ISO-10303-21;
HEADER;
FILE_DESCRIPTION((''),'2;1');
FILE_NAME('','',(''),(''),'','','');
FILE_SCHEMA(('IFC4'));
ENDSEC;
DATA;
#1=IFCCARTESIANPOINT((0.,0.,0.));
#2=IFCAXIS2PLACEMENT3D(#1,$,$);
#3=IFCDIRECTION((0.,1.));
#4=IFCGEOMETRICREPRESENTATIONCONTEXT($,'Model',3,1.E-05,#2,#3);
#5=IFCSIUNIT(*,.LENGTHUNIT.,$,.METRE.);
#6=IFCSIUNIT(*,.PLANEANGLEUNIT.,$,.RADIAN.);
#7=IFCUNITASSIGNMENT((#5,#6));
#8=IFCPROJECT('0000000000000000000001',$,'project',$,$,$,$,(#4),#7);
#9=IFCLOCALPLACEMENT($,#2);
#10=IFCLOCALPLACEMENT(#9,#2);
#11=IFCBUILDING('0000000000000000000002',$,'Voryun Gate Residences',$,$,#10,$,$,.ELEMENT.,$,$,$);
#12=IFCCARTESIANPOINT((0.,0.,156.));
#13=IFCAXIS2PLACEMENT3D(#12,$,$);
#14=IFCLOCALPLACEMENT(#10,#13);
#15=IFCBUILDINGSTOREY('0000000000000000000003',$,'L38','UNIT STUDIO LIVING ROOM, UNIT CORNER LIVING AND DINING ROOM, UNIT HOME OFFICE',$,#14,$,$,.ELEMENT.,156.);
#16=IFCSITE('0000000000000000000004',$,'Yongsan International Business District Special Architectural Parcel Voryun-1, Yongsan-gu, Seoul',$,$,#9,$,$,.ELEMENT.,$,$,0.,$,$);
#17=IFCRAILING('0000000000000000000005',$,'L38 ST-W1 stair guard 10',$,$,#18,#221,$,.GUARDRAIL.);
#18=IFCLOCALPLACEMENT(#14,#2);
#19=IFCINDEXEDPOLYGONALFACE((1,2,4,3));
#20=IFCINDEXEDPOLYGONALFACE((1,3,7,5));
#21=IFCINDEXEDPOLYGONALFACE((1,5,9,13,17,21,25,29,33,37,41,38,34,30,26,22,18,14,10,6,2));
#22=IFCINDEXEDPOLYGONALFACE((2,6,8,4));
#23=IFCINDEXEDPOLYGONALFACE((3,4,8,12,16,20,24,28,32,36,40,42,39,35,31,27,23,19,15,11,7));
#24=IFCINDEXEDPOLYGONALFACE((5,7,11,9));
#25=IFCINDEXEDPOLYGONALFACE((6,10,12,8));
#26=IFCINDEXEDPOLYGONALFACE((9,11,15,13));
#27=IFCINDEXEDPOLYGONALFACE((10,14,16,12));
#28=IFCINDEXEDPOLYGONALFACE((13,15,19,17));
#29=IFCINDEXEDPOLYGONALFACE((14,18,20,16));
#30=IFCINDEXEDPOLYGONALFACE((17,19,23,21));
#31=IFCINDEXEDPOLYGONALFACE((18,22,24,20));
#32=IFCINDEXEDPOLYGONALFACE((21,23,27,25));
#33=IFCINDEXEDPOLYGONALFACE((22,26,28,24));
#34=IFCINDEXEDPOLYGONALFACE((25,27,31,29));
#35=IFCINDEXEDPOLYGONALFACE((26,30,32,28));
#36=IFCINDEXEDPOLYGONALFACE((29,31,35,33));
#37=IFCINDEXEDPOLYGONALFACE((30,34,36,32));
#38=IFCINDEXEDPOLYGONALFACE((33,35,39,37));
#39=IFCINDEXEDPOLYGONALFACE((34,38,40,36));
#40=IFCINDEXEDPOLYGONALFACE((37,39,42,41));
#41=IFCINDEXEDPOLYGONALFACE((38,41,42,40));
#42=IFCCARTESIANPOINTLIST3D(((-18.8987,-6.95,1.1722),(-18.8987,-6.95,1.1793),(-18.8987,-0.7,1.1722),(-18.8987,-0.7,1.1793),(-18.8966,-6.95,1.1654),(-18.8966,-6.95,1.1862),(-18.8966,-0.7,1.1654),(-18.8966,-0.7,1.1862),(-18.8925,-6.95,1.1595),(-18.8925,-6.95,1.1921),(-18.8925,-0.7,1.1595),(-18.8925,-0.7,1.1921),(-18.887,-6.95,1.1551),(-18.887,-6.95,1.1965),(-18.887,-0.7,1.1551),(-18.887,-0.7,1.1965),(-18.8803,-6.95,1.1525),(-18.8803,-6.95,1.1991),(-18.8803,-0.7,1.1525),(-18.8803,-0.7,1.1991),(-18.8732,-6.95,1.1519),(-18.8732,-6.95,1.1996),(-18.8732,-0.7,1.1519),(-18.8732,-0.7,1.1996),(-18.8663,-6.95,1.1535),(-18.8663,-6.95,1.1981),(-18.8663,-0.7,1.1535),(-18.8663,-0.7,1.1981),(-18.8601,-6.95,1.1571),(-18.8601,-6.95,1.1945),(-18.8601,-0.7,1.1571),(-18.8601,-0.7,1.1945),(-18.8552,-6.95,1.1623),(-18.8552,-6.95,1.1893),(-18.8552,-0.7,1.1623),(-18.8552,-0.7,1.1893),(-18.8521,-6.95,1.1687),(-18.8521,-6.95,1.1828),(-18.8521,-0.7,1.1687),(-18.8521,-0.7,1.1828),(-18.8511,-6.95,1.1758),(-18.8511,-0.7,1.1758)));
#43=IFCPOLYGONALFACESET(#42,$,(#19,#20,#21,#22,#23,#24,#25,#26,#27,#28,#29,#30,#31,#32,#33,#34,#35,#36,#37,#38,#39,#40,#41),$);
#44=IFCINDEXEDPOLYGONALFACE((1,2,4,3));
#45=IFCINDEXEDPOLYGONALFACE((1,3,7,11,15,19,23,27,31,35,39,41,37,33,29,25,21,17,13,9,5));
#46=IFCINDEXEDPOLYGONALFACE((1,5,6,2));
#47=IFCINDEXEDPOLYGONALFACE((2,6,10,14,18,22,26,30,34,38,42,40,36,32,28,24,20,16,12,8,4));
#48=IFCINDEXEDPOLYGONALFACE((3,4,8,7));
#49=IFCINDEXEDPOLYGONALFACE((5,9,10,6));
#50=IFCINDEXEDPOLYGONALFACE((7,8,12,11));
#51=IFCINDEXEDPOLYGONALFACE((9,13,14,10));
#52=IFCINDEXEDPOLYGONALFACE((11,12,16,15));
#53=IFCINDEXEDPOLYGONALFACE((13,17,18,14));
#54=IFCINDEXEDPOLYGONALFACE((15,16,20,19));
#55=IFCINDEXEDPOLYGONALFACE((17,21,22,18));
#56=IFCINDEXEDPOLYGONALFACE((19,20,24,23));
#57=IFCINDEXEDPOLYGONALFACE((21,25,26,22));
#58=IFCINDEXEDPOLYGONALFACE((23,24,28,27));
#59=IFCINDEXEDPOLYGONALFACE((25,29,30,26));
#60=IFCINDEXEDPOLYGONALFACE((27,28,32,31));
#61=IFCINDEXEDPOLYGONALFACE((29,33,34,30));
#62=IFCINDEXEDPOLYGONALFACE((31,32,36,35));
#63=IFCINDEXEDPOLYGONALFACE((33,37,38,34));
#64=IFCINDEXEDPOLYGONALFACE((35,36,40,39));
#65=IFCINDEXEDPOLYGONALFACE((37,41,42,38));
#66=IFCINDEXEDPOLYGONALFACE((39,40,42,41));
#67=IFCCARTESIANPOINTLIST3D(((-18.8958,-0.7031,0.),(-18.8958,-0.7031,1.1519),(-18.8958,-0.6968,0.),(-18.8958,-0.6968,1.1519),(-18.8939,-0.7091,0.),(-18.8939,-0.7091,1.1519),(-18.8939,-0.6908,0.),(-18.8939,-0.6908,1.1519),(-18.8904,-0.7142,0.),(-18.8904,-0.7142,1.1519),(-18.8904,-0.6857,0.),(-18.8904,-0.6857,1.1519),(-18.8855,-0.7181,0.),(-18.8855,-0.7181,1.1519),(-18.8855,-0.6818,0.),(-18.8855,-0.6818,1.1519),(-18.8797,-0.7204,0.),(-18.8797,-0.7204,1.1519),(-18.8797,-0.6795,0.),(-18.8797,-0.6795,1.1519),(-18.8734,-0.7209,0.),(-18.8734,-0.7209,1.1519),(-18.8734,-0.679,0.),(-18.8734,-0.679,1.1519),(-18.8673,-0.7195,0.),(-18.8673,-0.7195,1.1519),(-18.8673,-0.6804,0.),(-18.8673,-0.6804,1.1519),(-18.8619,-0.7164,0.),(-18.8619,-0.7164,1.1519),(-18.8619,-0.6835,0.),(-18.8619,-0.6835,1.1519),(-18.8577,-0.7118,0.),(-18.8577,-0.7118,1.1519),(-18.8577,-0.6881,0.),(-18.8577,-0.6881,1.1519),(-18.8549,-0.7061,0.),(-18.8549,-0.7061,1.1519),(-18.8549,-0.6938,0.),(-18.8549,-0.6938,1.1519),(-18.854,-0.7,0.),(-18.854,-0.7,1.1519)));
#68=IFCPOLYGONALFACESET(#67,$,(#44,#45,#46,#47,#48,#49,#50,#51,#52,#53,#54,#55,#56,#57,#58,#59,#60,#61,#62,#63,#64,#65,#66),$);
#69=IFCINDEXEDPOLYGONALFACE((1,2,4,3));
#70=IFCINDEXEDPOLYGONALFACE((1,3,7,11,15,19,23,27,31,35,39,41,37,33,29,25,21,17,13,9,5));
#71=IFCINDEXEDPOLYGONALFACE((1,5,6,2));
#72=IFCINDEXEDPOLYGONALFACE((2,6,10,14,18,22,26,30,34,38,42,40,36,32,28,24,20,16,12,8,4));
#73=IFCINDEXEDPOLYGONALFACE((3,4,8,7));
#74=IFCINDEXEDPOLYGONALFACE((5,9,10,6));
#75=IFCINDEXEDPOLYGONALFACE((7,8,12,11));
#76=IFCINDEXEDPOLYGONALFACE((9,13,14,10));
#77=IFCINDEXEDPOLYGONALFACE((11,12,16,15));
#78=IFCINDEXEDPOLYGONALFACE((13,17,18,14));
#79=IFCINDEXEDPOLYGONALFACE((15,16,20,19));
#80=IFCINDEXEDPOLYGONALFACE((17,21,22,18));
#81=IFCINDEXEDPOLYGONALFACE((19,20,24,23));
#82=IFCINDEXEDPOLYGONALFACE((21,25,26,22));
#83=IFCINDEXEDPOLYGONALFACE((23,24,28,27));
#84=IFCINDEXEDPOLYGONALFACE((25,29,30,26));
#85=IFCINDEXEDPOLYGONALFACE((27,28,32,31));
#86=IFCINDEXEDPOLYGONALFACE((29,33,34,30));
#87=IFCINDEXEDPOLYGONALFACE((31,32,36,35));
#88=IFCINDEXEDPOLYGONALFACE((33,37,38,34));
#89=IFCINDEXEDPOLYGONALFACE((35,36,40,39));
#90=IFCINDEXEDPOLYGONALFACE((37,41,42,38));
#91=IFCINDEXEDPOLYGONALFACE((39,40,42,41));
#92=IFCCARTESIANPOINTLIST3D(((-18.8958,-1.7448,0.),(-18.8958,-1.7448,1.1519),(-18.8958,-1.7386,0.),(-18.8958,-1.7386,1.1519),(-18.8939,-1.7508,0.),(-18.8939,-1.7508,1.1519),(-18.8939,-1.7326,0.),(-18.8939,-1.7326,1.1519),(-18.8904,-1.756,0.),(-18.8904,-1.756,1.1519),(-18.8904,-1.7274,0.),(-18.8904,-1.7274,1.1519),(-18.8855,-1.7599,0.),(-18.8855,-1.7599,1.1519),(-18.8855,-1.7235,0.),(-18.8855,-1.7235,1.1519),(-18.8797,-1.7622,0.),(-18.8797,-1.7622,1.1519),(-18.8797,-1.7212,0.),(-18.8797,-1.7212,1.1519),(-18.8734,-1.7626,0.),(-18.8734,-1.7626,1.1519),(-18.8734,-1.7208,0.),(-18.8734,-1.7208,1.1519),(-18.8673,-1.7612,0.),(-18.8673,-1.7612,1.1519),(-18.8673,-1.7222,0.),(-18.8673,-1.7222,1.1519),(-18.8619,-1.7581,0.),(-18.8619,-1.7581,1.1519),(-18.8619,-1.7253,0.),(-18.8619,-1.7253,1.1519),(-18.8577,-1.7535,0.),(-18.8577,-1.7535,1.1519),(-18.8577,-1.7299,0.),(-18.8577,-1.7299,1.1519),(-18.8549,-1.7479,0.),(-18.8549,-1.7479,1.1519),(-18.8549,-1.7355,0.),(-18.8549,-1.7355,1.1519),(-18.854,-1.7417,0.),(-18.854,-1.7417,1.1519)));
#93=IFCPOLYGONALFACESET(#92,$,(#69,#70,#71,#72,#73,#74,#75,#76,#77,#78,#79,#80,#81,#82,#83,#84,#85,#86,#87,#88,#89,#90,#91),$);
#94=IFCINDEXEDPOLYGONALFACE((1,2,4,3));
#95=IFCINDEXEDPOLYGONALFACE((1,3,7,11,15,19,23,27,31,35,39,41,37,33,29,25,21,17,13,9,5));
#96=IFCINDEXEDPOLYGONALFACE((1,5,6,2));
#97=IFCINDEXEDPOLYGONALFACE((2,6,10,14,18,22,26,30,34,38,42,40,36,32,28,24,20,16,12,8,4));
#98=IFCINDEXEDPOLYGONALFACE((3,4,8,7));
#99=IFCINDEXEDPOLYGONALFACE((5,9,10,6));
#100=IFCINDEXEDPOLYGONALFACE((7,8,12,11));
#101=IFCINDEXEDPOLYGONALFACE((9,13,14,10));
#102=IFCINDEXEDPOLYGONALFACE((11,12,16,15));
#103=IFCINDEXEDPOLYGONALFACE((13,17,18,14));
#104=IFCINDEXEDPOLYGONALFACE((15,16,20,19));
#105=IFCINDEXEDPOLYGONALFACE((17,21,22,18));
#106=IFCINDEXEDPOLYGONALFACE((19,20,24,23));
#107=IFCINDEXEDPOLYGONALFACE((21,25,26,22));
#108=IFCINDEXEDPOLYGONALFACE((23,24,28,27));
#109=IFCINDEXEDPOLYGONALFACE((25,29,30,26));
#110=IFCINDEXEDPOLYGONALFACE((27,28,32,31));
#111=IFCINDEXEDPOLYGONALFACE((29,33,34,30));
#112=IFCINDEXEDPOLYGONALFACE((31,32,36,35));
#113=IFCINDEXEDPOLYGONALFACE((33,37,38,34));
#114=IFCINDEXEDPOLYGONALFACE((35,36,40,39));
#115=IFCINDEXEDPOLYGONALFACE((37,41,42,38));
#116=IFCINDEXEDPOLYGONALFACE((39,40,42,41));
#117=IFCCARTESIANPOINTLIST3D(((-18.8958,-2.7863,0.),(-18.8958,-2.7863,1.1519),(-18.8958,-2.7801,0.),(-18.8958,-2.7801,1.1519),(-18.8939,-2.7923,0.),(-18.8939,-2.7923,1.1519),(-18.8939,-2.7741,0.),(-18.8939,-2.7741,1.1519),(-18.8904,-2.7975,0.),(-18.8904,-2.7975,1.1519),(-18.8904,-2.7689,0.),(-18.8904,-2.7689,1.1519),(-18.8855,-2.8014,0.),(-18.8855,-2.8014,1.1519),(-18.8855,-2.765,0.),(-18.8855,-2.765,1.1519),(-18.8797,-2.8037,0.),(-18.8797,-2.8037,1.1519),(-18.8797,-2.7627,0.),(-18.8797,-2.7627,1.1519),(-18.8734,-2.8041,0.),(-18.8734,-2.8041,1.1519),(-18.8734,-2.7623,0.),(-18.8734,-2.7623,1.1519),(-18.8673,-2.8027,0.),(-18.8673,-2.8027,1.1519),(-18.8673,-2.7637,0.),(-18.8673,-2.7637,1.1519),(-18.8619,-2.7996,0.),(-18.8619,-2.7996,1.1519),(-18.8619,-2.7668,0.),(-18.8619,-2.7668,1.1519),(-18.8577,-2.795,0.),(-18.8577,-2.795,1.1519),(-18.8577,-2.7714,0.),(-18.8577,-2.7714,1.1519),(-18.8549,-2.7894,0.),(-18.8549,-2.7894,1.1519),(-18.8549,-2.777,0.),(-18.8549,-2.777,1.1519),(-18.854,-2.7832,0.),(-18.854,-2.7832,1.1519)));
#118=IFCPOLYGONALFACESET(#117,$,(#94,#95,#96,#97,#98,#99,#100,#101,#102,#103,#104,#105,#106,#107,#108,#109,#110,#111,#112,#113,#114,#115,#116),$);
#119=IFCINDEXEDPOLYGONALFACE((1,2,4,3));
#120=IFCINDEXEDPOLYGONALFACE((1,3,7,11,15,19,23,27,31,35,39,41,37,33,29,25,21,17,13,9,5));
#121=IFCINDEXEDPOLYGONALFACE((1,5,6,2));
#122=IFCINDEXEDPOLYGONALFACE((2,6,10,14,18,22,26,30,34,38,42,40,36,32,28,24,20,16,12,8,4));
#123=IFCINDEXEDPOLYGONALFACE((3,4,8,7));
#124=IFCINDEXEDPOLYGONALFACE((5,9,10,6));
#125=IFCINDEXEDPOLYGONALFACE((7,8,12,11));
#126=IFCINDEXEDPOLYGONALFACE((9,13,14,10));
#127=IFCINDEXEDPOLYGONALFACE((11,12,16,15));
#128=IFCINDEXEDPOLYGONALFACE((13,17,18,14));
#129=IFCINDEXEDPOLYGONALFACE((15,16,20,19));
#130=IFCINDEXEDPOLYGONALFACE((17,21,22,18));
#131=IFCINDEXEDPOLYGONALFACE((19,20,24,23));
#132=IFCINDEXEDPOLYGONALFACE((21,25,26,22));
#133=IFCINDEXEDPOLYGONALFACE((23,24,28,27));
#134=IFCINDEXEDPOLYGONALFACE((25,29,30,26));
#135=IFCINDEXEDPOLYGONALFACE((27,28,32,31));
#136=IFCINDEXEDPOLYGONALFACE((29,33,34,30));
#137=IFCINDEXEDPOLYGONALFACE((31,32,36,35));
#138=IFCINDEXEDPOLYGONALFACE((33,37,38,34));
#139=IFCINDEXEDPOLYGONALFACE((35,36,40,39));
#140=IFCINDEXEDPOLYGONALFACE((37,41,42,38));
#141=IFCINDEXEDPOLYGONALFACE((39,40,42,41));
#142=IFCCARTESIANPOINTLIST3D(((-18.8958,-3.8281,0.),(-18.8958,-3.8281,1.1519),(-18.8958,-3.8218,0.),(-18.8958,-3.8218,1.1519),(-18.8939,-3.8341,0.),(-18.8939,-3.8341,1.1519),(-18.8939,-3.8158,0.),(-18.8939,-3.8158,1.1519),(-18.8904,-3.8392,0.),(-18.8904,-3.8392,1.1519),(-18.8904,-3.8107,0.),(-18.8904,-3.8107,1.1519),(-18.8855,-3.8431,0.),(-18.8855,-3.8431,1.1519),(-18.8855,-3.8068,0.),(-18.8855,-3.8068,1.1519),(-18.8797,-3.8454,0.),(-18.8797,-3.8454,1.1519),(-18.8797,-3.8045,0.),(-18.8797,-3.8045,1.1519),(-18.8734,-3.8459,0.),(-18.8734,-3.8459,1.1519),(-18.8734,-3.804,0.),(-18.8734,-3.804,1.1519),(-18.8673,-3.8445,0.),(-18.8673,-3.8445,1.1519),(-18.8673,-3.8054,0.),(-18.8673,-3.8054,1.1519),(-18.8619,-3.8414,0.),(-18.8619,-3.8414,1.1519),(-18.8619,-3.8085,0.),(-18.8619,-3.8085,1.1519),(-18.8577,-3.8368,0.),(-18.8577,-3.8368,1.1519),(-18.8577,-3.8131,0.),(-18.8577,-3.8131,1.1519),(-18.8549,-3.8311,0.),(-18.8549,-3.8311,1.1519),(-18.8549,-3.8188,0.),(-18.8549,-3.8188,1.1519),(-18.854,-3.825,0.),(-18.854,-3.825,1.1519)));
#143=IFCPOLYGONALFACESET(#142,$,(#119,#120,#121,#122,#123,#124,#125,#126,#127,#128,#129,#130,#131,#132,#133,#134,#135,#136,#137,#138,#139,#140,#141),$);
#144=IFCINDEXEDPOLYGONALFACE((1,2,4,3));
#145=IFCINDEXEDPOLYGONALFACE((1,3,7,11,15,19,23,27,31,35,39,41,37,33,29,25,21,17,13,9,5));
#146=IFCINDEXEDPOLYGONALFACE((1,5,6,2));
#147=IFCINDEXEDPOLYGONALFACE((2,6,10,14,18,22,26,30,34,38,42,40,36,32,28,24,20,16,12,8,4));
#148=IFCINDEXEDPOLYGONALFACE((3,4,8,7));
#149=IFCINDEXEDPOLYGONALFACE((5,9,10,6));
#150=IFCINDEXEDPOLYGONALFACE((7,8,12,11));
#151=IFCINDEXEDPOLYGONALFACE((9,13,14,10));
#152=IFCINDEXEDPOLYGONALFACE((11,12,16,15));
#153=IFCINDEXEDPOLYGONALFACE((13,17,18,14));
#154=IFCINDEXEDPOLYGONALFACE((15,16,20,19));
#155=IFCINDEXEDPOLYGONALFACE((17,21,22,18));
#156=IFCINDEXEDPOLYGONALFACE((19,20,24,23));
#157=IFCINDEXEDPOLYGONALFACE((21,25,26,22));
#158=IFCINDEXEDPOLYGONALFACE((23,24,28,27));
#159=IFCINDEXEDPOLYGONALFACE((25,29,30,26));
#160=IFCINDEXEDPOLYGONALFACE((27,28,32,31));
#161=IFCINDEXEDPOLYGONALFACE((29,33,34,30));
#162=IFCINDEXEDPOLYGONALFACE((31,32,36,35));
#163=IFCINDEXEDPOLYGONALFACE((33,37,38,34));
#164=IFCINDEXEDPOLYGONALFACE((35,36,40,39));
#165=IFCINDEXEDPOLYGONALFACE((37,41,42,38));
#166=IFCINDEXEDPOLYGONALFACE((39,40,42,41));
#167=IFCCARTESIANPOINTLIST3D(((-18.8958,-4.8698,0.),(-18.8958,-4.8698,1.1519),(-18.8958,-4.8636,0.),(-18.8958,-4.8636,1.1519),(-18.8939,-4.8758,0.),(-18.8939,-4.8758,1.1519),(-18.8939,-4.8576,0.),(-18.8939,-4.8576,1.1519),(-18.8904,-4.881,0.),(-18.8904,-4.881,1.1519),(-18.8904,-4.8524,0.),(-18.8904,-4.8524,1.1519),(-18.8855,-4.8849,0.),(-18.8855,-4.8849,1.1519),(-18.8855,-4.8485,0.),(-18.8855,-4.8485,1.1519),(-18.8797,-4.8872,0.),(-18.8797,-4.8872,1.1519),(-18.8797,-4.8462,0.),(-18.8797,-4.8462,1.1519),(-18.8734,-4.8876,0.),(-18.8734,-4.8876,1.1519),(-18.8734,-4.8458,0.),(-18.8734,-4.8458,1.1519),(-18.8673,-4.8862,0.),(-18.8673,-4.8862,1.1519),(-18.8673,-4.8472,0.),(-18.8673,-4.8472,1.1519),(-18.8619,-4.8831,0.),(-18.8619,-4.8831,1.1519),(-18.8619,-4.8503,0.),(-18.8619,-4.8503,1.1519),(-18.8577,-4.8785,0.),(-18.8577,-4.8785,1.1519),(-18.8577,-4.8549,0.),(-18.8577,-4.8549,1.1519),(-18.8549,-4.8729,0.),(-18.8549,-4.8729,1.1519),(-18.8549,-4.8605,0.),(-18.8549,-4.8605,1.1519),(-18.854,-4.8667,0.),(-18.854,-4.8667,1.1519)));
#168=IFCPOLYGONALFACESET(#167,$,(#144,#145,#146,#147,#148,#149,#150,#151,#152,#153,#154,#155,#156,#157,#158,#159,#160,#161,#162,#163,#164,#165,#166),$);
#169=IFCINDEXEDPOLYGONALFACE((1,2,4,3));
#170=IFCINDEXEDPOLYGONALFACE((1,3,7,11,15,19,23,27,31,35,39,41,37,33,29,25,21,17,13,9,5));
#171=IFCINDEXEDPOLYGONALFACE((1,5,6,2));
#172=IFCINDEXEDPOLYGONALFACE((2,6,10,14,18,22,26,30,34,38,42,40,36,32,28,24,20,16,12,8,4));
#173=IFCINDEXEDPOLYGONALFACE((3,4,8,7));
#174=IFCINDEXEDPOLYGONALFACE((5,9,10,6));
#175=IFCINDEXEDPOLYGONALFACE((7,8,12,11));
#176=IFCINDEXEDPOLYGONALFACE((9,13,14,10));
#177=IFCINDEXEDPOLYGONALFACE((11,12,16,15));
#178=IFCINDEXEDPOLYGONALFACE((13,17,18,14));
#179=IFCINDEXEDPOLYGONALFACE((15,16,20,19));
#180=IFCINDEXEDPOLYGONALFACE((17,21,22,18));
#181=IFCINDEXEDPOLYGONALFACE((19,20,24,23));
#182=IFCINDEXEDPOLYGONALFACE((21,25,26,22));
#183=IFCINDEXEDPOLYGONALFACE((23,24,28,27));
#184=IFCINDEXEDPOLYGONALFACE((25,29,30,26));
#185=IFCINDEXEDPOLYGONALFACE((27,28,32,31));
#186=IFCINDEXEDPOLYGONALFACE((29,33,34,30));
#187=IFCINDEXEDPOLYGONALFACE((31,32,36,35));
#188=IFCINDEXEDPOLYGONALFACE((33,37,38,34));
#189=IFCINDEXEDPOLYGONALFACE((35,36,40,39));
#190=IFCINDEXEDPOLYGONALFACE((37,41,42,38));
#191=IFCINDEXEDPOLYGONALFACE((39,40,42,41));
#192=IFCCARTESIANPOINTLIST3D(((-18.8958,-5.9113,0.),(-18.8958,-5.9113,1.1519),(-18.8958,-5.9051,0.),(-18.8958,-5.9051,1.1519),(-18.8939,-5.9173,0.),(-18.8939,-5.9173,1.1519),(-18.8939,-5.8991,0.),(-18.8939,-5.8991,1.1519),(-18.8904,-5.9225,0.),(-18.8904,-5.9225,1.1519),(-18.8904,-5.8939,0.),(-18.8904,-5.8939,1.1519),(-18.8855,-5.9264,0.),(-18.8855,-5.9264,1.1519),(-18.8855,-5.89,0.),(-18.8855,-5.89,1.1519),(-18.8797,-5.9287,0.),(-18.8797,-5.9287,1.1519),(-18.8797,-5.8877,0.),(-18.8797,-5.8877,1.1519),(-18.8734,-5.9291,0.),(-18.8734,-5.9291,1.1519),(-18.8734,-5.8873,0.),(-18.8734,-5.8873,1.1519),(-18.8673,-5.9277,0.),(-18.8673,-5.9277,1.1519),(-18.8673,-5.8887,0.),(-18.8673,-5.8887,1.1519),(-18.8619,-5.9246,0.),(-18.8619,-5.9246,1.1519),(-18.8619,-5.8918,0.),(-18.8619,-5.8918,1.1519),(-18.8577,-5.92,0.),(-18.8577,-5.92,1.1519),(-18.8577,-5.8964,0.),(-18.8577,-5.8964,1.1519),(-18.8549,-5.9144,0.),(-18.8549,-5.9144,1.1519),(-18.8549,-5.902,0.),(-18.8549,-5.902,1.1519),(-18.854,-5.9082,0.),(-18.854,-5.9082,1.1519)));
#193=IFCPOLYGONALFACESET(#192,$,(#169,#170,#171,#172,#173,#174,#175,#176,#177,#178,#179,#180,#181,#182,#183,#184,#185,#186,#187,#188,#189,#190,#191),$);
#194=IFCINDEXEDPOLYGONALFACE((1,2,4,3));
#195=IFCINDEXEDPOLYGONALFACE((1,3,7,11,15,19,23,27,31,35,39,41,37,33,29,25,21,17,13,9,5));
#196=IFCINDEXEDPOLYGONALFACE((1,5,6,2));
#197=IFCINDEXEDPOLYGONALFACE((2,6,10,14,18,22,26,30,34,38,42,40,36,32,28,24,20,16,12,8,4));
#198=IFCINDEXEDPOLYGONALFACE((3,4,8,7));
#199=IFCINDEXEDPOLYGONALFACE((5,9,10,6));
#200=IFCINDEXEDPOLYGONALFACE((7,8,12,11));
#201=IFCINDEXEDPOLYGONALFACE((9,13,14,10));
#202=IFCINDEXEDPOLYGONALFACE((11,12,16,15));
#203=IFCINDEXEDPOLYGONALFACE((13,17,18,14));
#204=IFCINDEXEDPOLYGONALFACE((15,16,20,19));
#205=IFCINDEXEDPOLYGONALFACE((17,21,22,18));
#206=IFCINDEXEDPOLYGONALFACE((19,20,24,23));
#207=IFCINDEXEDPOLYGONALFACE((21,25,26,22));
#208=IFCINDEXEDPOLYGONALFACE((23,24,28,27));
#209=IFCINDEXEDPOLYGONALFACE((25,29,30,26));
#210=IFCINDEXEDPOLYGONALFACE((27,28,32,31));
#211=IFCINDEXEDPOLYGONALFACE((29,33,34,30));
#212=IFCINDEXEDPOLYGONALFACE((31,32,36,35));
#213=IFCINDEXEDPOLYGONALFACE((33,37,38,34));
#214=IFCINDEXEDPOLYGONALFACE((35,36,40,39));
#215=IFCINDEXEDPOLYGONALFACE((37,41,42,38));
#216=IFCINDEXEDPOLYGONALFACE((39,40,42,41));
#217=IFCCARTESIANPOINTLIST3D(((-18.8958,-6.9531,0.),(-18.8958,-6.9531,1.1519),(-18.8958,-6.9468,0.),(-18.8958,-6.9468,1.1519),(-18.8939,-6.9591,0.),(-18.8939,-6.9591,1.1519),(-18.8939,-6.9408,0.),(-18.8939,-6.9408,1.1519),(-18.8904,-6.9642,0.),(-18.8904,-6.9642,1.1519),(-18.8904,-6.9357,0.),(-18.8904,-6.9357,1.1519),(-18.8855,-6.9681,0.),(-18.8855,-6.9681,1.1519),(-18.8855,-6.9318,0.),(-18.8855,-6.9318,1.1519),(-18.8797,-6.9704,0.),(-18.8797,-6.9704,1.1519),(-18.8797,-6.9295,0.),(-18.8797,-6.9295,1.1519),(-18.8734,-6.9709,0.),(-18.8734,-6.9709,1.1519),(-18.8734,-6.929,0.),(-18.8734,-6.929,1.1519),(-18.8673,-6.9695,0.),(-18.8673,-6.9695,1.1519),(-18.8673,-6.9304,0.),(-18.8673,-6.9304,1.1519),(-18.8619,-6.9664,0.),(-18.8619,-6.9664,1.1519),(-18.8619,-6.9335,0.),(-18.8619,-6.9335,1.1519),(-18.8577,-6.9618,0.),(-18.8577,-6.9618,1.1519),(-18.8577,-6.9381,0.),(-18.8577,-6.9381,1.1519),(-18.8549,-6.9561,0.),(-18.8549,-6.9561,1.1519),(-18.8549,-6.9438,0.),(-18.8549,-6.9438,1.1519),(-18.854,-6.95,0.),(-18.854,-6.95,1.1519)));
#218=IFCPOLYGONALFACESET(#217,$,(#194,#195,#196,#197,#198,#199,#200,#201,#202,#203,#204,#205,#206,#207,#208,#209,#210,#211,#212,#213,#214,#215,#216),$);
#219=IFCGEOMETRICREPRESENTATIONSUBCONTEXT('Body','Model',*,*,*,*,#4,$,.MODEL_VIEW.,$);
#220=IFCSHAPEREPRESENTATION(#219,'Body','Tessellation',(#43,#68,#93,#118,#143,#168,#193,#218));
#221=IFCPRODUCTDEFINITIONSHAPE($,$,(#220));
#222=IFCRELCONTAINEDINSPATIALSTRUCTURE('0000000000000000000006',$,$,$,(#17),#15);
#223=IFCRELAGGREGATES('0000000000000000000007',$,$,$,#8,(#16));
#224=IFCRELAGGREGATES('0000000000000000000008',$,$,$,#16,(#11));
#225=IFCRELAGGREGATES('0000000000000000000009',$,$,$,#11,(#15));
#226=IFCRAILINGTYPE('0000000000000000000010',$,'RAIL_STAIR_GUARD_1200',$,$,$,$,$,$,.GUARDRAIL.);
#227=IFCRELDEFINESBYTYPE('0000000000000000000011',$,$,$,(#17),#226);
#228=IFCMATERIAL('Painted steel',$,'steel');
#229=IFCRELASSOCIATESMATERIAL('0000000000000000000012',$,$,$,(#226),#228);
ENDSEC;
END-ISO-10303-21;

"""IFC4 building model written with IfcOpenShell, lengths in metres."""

from ifc_helpers import new_model, si_unit, direction, frame, origin, origin_2d, place, context, subcontext, project, spatial, circle, extrude, material, type_object, element, save


model = new_model("IFC4")

# Units and contexts
model_context = context("Model", 3, precision=1e-05, world=origin(), true_north=direction((0.0, 1.0)))
body_context = subcontext(model_context, "Body", "Model", "MODEL_VIEW")
ifc_project = project(units=[si_unit("LENGTHUNIT", "METRE"), si_unit("PLANEANGLEUNIT", "RADIAN")], contexts=[model_context])

# Site, building, storey
site_placement = place(None, origin())
site = spatial("IfcSite", under=ifc_project, at=site_placement, Name="Yongsan International Business District Special Architectural Parcel Voryun-1, Yongsan-gu, Seoul", CompositionType="ELEMENT", RefElevation=0.0)
building_placement = place(site_placement, origin())
building = spatial("IfcBuilding", under=site, at=building_placement, Name="Voryun Gate Residences", CompositionType="ELEMENT")
storey_placement = place(building_placement, frame((0.0, 0.0, 156.0)))
storey = spatial("IfcBuildingStorey", under=building, at=storey_placement, Name="L38", Description="UNIT STUDIO LIVING ROOM, UNIT CORNER LIVING AND DINING ROOM, UNIT HOME OFFICE", CompositionType="ELEMENT", Elevation=156.0)

# Railing
ifc_material_1 = material(Name="Painted steel", Category="steel")
railing_type_1 = type_object("IfcRailingType", Name="RAIL_STAIR_GUARD_1200", PredefinedType="GUARDRAIL", material=ifc_material_1)
railing_1_placement = place(storey_placement, frame((-18.875, -0.7, 0.0)))
element("IfcRailing", 1, at=railing_1_placement, inside=storey, type_object=railing_type_1, Name="L38 ST-W1 stair guard 10", PredefinedType="GUARDRAIL", context=body_context, shape_type="SweptSolid", body=[
    extrude(circle(Radius=0.0239, at=origin_2d()), frame((0.0, 0.0, 1.1758), z_axis=(0.0, -1.0, 0.0), x_axis=(1.0, 0.0, 0.0)), (0.0, 0.0, 1.0), 6.25),
    extrude(circle(Radius=0.021, at=origin_2d()), origin(), (0.0, 0.0, 1.0), 1.1519),
    extrude(circle(Radius=0.021, at=origin_2d()), frame((0.0, -1.0417, 0.0)), (0.0, 0.0, 1.0), 1.1519),
    extrude(circle(Radius=0.021, at=origin_2d()), frame((0.0, -2.0833, 0.0)), (0.0, 0.0, 1.0), 1.1519),
    extrude(circle(Radius=0.021, at=origin_2d()), frame((0.0, -3.125, 0.0)), (0.0, 0.0, 1.0), 1.1519),
    extrude(circle(Radius=0.021, at=origin_2d()), frame((0.0, -4.1667, 0.0)), (0.0, 0.0, 1.0), 1.1519),
    extrude(circle(Radius=0.021, at=origin_2d()), frame((0.0, -5.2083, 0.0)), (0.0, 0.0, 1.0), 1.1519),
    extrude(circle(Radius=0.021, at=origin_2d()), frame((0.0, -6.25, 0.0)), (0.0, 0.0, 1.0), 1.1519),
])

save(model, "model.ifc")
